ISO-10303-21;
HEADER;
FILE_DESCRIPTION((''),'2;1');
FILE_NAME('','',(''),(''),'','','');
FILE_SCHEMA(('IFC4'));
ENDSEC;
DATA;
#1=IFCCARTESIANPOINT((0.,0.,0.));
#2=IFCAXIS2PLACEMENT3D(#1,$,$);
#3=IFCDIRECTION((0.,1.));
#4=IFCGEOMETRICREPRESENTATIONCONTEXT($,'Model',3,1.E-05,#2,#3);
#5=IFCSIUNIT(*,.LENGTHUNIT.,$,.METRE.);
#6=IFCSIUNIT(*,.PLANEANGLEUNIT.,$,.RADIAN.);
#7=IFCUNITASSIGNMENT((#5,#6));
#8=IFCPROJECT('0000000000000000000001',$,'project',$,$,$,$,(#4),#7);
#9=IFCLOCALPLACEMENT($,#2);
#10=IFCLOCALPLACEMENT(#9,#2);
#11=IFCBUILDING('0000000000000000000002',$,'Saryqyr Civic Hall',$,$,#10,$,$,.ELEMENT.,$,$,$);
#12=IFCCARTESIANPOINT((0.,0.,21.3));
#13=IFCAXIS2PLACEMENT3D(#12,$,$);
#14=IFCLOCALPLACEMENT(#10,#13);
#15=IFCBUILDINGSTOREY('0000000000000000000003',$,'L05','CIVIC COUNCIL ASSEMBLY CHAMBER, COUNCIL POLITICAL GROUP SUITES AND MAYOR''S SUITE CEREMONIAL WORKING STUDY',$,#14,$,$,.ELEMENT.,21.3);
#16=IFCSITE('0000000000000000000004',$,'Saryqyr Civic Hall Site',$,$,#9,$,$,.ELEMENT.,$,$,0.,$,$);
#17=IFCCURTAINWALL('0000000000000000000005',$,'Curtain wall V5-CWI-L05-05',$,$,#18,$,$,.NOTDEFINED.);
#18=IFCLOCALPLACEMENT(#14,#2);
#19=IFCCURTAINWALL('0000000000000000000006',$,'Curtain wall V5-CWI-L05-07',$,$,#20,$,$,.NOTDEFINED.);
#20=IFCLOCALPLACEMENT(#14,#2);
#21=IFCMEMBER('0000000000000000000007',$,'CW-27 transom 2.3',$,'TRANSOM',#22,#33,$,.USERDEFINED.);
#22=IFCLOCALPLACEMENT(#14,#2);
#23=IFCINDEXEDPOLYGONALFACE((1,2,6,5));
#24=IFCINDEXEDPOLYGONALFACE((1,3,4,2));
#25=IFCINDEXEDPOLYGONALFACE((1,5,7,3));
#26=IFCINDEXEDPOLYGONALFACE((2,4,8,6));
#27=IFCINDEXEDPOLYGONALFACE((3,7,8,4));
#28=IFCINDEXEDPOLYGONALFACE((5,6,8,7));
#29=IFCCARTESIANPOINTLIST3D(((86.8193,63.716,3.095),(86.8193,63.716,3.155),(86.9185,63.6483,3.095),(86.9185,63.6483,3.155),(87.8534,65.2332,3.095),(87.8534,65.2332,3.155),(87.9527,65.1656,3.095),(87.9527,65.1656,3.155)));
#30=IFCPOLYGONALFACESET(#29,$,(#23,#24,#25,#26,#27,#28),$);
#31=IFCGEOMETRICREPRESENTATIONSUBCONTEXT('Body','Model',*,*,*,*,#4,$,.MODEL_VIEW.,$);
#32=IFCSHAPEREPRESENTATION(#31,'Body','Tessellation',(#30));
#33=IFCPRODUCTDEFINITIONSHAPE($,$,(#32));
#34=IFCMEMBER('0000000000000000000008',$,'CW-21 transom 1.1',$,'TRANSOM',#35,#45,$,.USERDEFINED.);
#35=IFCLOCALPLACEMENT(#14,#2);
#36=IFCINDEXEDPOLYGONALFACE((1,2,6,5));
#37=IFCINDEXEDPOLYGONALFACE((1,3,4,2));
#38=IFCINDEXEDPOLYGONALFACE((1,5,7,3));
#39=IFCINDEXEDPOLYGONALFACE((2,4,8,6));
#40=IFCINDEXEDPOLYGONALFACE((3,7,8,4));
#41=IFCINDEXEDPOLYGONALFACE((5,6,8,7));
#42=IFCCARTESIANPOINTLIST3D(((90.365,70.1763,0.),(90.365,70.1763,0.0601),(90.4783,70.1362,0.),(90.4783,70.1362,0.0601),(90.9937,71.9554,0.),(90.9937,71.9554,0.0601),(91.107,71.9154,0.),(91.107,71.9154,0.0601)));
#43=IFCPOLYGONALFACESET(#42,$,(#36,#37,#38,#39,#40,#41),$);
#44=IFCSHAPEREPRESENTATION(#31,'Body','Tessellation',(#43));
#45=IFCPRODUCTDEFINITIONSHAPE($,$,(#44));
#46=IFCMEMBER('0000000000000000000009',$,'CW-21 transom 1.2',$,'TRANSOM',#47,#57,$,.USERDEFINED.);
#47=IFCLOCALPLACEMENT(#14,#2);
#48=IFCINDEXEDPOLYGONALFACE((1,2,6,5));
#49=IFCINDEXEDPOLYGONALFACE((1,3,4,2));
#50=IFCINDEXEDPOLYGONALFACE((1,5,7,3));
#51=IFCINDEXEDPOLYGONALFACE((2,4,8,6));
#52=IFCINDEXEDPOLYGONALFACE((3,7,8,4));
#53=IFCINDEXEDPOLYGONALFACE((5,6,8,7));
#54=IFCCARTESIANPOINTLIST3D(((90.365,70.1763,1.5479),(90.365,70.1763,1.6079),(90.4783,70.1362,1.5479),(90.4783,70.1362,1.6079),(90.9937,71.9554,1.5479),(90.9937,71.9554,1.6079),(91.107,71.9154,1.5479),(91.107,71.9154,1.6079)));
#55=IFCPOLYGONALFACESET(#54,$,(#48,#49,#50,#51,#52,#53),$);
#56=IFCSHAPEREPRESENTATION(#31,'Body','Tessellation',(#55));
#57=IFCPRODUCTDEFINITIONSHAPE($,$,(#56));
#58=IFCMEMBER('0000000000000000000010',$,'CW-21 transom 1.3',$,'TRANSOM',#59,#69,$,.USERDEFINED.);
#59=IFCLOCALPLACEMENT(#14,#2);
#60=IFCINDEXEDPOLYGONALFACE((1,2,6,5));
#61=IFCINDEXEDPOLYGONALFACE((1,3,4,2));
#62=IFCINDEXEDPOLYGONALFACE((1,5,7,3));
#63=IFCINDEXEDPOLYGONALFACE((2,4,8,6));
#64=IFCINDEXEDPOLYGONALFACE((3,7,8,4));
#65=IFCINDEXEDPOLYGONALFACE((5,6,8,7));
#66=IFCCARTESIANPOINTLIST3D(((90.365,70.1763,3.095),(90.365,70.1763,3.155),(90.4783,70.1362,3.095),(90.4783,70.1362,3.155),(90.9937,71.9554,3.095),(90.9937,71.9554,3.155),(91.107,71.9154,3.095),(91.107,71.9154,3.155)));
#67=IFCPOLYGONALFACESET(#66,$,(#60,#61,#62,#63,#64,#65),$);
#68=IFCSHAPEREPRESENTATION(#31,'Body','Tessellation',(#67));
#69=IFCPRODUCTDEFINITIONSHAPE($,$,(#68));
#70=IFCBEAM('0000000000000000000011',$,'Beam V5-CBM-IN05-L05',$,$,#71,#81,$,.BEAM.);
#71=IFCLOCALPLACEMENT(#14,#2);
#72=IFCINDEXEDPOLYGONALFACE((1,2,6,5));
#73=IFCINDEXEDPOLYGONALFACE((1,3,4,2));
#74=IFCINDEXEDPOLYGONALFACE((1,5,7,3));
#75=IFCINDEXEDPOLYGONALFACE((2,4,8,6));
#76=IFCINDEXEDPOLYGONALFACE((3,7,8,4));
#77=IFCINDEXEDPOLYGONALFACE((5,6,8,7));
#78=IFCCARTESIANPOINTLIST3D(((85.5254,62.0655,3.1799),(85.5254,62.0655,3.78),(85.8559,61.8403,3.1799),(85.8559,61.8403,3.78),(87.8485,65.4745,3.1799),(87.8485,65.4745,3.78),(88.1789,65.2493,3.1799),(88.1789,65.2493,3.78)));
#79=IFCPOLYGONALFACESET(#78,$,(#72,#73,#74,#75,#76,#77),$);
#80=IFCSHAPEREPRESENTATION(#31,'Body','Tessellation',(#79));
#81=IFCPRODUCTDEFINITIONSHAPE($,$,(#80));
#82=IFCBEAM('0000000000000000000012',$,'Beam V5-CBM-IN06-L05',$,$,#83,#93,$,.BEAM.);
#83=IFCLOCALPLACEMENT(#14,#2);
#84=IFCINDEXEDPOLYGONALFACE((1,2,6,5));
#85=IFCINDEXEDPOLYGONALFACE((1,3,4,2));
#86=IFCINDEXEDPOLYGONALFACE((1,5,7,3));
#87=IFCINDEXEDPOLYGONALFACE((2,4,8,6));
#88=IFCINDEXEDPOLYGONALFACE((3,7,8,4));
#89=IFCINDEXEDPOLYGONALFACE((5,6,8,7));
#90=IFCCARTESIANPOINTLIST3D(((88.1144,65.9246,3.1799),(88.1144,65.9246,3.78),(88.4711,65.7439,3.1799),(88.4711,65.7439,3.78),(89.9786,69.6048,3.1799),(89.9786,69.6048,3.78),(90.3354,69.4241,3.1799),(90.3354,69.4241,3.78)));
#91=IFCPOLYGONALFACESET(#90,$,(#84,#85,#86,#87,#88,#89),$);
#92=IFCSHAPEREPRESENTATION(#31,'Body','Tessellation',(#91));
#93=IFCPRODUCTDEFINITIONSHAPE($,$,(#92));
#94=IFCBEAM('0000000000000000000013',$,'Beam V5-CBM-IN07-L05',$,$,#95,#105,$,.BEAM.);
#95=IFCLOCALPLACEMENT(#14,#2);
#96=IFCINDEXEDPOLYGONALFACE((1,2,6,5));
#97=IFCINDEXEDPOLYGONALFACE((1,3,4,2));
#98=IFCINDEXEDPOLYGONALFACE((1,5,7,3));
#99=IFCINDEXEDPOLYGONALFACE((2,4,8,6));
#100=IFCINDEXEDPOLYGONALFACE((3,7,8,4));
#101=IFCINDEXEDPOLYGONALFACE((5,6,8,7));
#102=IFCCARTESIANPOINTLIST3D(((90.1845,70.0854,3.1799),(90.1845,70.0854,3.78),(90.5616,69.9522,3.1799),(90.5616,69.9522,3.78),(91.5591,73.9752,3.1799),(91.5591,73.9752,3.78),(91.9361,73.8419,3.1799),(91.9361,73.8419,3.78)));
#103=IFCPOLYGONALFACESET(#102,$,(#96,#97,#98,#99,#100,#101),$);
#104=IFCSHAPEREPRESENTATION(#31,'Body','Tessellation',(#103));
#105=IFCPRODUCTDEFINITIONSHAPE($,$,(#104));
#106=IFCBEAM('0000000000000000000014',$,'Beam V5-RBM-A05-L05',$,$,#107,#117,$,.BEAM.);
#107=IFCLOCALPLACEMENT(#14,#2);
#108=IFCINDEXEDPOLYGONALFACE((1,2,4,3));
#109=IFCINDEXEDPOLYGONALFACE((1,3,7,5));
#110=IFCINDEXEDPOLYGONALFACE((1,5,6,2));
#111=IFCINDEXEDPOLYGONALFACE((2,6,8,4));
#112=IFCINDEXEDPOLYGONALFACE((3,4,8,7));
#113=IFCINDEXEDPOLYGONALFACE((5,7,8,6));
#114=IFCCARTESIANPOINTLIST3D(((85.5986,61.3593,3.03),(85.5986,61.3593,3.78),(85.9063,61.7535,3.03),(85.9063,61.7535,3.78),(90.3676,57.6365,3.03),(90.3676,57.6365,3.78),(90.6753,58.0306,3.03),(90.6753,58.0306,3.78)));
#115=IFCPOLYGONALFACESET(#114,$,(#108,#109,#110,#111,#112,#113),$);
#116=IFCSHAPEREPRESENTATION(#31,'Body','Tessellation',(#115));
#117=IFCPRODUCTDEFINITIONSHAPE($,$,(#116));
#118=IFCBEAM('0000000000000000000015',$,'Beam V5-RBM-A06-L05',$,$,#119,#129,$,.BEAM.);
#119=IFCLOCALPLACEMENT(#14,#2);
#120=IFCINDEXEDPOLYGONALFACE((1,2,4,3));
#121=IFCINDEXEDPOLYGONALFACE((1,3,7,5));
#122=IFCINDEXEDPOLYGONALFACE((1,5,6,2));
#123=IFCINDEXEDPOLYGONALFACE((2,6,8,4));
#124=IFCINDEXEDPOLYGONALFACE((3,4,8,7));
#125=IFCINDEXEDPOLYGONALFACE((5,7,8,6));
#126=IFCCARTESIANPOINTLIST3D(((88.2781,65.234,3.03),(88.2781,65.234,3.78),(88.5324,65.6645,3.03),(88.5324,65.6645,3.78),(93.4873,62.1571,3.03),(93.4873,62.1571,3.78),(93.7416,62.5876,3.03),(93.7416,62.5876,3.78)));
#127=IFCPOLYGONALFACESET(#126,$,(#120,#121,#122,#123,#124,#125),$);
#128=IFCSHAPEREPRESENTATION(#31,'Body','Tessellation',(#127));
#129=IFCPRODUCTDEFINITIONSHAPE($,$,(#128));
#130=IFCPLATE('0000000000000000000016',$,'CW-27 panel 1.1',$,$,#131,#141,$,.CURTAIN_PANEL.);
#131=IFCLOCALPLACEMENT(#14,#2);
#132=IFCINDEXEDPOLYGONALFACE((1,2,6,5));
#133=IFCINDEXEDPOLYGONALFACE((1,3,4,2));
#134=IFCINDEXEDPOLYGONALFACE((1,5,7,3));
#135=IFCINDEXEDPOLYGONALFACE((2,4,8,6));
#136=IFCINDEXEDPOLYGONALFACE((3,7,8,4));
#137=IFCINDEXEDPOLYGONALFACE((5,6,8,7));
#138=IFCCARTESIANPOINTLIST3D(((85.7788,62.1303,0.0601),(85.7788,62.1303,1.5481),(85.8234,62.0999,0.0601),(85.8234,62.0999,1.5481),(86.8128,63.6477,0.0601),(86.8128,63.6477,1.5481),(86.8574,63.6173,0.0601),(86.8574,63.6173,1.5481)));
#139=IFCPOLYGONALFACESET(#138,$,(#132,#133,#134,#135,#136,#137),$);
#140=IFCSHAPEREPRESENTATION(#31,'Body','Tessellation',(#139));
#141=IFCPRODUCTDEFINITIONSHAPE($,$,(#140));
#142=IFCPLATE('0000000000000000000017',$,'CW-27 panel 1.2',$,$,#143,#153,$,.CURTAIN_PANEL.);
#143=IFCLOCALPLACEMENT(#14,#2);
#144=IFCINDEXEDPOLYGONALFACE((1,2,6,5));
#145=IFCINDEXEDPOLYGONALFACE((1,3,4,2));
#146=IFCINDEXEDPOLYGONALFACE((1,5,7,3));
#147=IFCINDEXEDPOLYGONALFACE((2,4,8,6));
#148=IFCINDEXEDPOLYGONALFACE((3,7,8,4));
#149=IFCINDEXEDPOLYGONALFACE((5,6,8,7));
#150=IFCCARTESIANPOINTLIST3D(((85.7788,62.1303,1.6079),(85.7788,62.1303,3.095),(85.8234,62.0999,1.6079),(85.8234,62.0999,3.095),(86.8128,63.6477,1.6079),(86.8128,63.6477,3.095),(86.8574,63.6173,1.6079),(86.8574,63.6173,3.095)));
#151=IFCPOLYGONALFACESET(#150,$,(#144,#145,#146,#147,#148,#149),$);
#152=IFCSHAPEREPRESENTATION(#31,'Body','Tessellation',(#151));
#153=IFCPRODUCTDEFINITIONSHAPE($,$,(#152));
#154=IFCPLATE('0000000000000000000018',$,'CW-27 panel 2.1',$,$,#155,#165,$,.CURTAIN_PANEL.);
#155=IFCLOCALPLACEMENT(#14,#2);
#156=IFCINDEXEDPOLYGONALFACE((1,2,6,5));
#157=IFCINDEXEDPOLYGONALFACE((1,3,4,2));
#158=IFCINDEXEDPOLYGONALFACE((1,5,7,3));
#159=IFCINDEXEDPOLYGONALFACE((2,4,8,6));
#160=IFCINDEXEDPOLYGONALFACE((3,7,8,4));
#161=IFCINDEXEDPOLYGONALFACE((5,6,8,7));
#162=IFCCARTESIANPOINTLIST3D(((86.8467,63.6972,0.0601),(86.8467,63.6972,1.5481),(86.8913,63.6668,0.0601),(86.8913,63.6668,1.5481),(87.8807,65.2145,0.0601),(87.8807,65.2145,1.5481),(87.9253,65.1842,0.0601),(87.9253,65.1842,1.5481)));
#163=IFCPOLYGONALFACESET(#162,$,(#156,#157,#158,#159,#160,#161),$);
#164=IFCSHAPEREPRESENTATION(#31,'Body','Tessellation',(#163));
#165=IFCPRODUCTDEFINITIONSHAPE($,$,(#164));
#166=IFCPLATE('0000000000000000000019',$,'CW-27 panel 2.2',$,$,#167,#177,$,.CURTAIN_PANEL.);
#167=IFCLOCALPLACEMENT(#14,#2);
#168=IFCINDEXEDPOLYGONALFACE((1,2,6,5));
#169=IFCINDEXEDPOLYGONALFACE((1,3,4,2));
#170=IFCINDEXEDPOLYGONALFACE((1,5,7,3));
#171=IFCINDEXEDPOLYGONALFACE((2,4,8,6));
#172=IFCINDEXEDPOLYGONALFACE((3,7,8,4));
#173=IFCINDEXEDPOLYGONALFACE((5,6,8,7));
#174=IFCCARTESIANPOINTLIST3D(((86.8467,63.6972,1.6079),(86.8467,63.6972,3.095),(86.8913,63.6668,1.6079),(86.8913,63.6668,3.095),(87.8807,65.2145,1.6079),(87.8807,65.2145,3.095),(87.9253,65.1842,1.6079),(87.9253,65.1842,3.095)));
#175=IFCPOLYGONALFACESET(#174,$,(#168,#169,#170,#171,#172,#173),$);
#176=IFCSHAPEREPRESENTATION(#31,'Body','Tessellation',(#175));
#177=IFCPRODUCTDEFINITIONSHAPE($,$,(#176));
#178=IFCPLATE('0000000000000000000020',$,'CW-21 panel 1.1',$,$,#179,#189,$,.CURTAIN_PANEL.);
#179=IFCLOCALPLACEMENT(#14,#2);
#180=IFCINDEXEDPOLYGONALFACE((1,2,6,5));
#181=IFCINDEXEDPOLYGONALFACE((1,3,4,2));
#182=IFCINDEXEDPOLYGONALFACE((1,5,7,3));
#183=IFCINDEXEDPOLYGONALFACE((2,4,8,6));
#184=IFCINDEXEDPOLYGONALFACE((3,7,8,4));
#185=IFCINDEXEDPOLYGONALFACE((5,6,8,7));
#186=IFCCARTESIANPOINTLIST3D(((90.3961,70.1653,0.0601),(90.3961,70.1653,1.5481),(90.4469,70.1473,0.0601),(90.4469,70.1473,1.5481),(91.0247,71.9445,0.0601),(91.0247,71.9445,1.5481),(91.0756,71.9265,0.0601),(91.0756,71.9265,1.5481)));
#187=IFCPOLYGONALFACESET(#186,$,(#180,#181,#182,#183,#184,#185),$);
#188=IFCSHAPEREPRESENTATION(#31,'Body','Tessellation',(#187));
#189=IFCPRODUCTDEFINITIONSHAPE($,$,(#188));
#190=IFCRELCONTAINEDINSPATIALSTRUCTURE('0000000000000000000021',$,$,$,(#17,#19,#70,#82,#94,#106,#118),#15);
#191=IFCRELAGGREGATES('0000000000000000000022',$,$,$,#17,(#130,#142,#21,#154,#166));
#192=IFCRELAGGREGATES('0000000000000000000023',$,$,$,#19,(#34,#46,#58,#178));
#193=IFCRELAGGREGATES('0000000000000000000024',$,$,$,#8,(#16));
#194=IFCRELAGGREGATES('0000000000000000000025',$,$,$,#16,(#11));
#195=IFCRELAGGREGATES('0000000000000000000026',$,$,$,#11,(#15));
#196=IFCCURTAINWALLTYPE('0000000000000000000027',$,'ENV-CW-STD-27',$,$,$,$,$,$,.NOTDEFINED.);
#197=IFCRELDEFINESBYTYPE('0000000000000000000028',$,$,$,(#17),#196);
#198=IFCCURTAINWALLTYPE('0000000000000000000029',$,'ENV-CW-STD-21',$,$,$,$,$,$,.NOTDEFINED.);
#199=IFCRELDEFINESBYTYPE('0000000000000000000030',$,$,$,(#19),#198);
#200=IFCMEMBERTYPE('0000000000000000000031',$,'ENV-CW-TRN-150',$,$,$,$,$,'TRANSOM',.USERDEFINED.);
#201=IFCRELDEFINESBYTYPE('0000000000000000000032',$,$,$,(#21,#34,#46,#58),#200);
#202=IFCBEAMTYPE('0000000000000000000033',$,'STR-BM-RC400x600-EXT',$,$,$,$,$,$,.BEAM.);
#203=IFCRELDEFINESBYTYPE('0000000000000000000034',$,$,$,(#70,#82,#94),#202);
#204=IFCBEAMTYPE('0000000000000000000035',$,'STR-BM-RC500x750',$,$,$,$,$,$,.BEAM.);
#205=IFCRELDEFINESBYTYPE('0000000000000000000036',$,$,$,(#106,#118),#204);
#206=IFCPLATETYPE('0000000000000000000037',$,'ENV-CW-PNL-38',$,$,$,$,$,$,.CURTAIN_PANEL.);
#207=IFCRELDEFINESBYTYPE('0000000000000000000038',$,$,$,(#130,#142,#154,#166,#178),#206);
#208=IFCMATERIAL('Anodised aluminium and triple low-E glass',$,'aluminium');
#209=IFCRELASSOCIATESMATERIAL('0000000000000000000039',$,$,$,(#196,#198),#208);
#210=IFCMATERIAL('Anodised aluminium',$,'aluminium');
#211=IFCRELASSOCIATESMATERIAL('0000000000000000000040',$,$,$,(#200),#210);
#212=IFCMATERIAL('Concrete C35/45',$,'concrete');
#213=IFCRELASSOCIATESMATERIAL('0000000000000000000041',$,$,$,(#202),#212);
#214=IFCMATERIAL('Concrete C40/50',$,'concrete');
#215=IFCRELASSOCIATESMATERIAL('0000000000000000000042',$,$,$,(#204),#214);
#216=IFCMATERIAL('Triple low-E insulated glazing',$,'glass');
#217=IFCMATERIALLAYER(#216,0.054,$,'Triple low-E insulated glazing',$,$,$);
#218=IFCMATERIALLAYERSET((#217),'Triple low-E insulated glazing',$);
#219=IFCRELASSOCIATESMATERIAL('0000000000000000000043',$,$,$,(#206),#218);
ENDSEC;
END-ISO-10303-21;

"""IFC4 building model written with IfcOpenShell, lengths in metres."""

from ifc_helpers import new_model, si_unit, direction, frame, origin, origin_2d, place, context, subcontext, project, spatial, rectangle, extrude, material, layer, layer_set, material_profile, profile_set, type_object, element, aggregate, save


model = new_model("IFC4")

# Units and contexts
model_context = context("Model", 3, precision=1e-05, world=origin(), true_north=direction((0.0, 1.0)))
body_context = subcontext(model_context, "Body", "Model", "MODEL_VIEW")
ifc_project = project(units=[si_unit("LENGTHUNIT", "METRE"), si_unit("PLANEANGLEUNIT", "RADIAN")], contexts=[model_context])

# Site, building, storey
site_placement = place(None, origin())
site = spatial("IfcSite", under=ifc_project, at=site_placement, Name="Saryqyr Civic Hall Site", CompositionType="ELEMENT", RefElevation=0.0)
building_placement = place(site_placement, origin())
building = spatial("IfcBuilding", under=site, at=building_placement, Name="Saryqyr Civic Hall", CompositionType="ELEMENT")
storey_placement = place(building_placement, frame((0.0, 0.0, 21.3)))
storey = spatial("IfcBuildingStorey", under=building, at=storey_placement, Name="L05", Description="CIVIC COUNCIL ASSEMBLY CHAMBER, COUNCIL POLITICAL GROUP SUITES AND MAYOR'S SUITE CEREMONIAL WORKING STUDY", CompositionType="ELEMENT", Elevation=21.3)

# Shared definitions
ifc_material_1 = material(Name="Concrete C40/50", Category="concrete")

# Curtain wall
ifc_material_2 = material(Name="Anodised aluminium and triple low-E glass", Category="aluminium")
curtain_wall_type_1 = type_object("IfcCurtainWallType", Name="ENV-CW-STD-27", PredefinedType="NOTDEFINED", material=ifc_material_2)
curtain_wall_1_placement = place(storey_placement, origin())
curtain_wall_1 = element("IfcCurtainWall", 1, at=curtain_wall_1_placement, inside=storey, type_object=curtain_wall_type_1, Name="Curtain wall V5-CWI-L05-05", PredefinedType="NOTDEFINED")
ifc_material_3 = material(Name="Anodised aluminium", Category="aluminium")

# Curtain wall
curtain_wall_type_2 = type_object("IfcCurtainWallType", Name="ENV-CW-STD-21", PredefinedType="NOTDEFINED", material=ifc_material_2)
curtain_wall_2_placement = place(storey_placement, origin())
curtain_wall_2 = element("IfcCurtainWall", 2, at=curtain_wall_2_placement, inside=storey, type_object=curtain_wall_type_2, Name="Curtain wall V5-CWI-L05-07", PredefinedType="NOTDEFINED")

# Members
ifc_material_profile_1 = material_profile(ifc_material_3, rectangle(XDim=0.1201, YDim=0.0601, at=origin_2d()), Name="ALU TRANSOM 120x60")
ifc_profile_set_1 = profile_set([ifc_material_profile_1], Name="Anodised aluminium")
member_type_1 = type_object("IfcMemberType", Name="ENV-CW-TRN-150", ElementType="TRANSOM", PredefinedType="USERDEFINED", material=ifc_profile_set_1)
member_1_placement = place(storey_placement, frame((86.8689, 63.6821, 3.125), z_axis=(0.563201, 0.82632, 0.0), x_axis=(-0.82632, 0.563201, 0.0)))
member_1 = element("IfcMember", 3, at=member_1_placement, type_object=member_type_1, Name="CW-27 transom 2.3", ObjectType="TRANSOM", PredefinedType="USERDEFINED", context=body_context, shape_type="SweptSolid", body=[
    extrude(rectangle(XDim=0.1201, YDim=0.0601, at=origin_2d()), origin(), (0.0, 0.0, 1.0), 1.8362),
])
member_2_placement = place(storey_placement, frame((90.4216, 70.1562, 0.03), z_axis=(0.333179, 0.942864, 0.0), x_axis=(-0.942864, 0.333179, 0.0)))
member_2 = element("IfcMember", 4, at=member_2_placement, type_object=member_type_1, Name="CW-21 transom 1.1", ObjectType="TRANSOM", PredefinedType="USERDEFINED", context=body_context, shape_type="SweptSolid", body=[
    extrude(rectangle(XDim=0.1201, YDim=0.0601, at=origin_2d()), origin(), (0.0, 0.0, 1.0), 1.887),
])
member_3_placement = place(storey_placement, frame((90.4216, 70.1562, 1.5779), z_axis=(0.333179, 0.942864, 0.0), x_axis=(-0.942864, 0.333179, 0.0)))
member_3 = element("IfcMember", 5, at=member_3_placement, type_object=member_type_1, Name="CW-21 transom 1.2", ObjectType="TRANSOM", PredefinedType="USERDEFINED", context=body_context, shape_type="SweptSolid", body=[
    extrude(rectangle(XDim=0.1201, YDim=0.0601, at=origin_2d()), origin(), (0.0, 0.0, 1.0), 1.887),
])
member_4_placement = place(storey_placement, frame((90.4216, 70.1562, 3.125), z_axis=(0.333179, 0.942864, 0.0), x_axis=(-0.942864, 0.333179, 0.0)))
member_4 = element("IfcMember", 6, at=member_4_placement, type_object=member_type_1, Name="CW-21 transom 1.3", ObjectType="TRANSOM", PredefinedType="USERDEFINED", context=body_context, shape_type="SweptSolid", body=[
    extrude(rectangle(XDim=0.1201, YDim=0.0601, at=origin_2d()), origin(), (0.0, 0.0, 1.0), 1.887),
])

# Beams
ifc_material_4 = material(Name="Concrete C35/45", Category="concrete")
ifc_material_profile_2 = material_profile(ifc_material_4, rectangle(XDim=0.3999, YDim=0.6001, at=origin_2d()), Name="RC 400x600")
ifc_profile_set_2 = profile_set([ifc_material_profile_2], Name="Concrete C35/45")
beam_type_1 = type_object("IfcBeamType", Name="STR-BM-RC400x600-EXT", PredefinedType="BEAM", material=ifc_profile_set_2)
beam_placement = place(storey_placement, frame((85.6907, 61.9529, 3.48), z_axis=(0.563126, 0.826371, 0.0), x_axis=(-0.826371, 0.563126, 0.0)))
element("IfcBeam", 7, at=beam_placement, inside=storey, type_object=beam_type_1, Name="Beam V5-CBM-IN05-L05", PredefinedType="BEAM", context=body_context, shape_type="SweptSolid", body=[
    extrude(rectangle(XDim=0.3999, YDim=0.6001, at=origin_2d()), origin(), (0.0, 0.0, 1.0), 4.1252),
])
for number, where, z_axis, x_axis, name in (
    (8, (88.2927, 65.8342, 3.48), (0.451894, 0.892071, 0.0), (-0.892071, 0.451894, 0.0), "Beam V5-CBM-IN06-L05"),
    (9, (90.373, 70.0188, 3.48), (0.333185, 0.942861, 0.0), (-0.942861, 0.333185, 0.0), "Beam V5-CBM-IN07-L05"),
):
    element("IfcBeam", number, at=place(storey_placement, frame(where, z_axis=z_axis, x_axis=x_axis)), inside=storey, type_object=beam_type_1, Name=name, PredefinedType="BEAM", context=body_context, shape_type="SweptSolid", body=[
        extrude(rectangle(XDim=0.3999, YDim=0.6001, at=origin_2d()), origin(), (0.0, 0.0, 1.0), 4.1255),
    ])
ifc_material_profile_3 = material_profile(ifc_material_1, rectangle(XDim=0.5, YDim=0.75, at=origin_2d()), Name="RC 500x750")
ifc_profile_set_3 = profile_set([ifc_material_profile_3], Name="Concrete C40/50")
beam_type_2 = type_object("IfcBeamType", Name="STR-BM-RC500x750", PredefinedType="BEAM", material=ifc_profile_set_3)
for number, where, z_axis, x_axis, name in (
    (10, (85.7524, 61.5564, 3.405), (0.788258, -0.615345, 0.0), (0.615345, 0.788258, 0.0), "Beam V5-RBM-A05-L05"),
    (11, (88.4053, 65.4492, 3.405), (0.861019, -0.508573, 0.0), (0.508573, 0.861019, 0.0), "Beam V5-RBM-A06-L05"),
):
    element("IfcBeam", number, at=place(storey_placement, frame(where, z_axis=z_axis, x_axis=x_axis)), inside=storey, type_object=beam_type_2, Name=name, PredefinedType="BEAM", context=body_context, shape_type="SweptSolid", body=[
        extrude(rectangle(XDim=0.5, YDim=0.75, at=origin_2d()), origin(), (0.0, 0.0, 1.0), 6.05),
    ])

# Plates
ifc_material_5 = material(Name="Triple low-E insulated glazing", Category="glass")
ifc_layer_1 = layer(ifc_material_5, 0.054, Name="Triple low-E insulated glazing")
ifc_layer_set_1 = layer_set([ifc_layer_1], Name="Triple low-E insulated glazing")
plate_type = type_object("IfcPlateType", Name="ENV-CW-PNL-38", PredefinedType="CURTAIN_PANEL", material=ifc_layer_set_1)
plate_1_placement = place(storey_placement, frame((86.3181, 62.8738, 0.0601), z_axis=(0.0, 0.0, 1.0), x_axis=(0.56313, 0.826368, 0.0)))
plate_1 = element("IfcPlate", 12, at=plate_1_placement, type_object=plate_type, Name="CW-27 panel 1.1", PredefinedType="CURTAIN_PANEL", context=body_context, shape_type="SweptSolid", body=[
    extrude(rectangle(XDim=1.8362, YDim=0.054, at=origin_2d()), origin(), (0.0, 0.0, 1.0), 1.488),
])
plate_2_placement = place(storey_placement, frame((86.3181, 62.8738, 1.6079), z_axis=(0.0, 0.0, 1.0), x_axis=(0.56313, 0.826368, 0.0)))
plate_2 = element("IfcPlate", 13, at=plate_2_placement, type_object=plate_type, Name="CW-27 panel 1.2", PredefinedType="CURTAIN_PANEL", context=body_context, shape_type="SweptSolid", body=[
    extrude(rectangle(XDim=1.8362, YDim=0.054, at=origin_2d()), origin(), (0.0, 0.0, 1.0), 1.4871),
])
plate_3_placement = place(storey_placement, frame((87.386, 64.4407, 0.0601), z_axis=(0.0, 0.0, 1.0), x_axis=(0.56313, 0.826368, 0.0)))
plate_3 = element("IfcPlate", 14, at=plate_3_placement, type_object=plate_type, Name="CW-27 panel 2.1", PredefinedType="CURTAIN_PANEL", context=body_context, shape_type="SweptSolid", body=[
    extrude(rectangle(XDim=1.8362, YDim=0.054, at=origin_2d()), origin(), (0.0, 0.0, 1.0), 1.488),
])
plate_4_placement = place(storey_placement, frame((87.386, 64.4407, 1.6079), z_axis=(0.0, 0.0, 1.0), x_axis=(0.56313, 0.826368, 0.0)))
plate_4 = element("IfcPlate", 15, at=plate_4_placement, type_object=plate_type, Name="CW-27 panel 2.2", PredefinedType="CURTAIN_PANEL", context=body_context, shape_type="SweptSolid", body=[
    extrude(rectangle(XDim=1.8362, YDim=0.054, at=origin_2d()), origin(), (0.0, 0.0, 1.0), 1.4871),
])
aggregate(curtain_wall_1, [plate_1, plate_2, member_1, plate_3, plate_4])
plate_5_placement = place(storey_placement, frame((90.7358, 71.0459, 0.0601), z_axis=(0.0, 0.0, 1.0), x_axis=(0.333172, 0.942866, 0.0)))
plate_5 = element("IfcPlate", 16, at=plate_5_placement, type_object=plate_type, Name="CW-21 panel 1.1", PredefinedType="CURTAIN_PANEL", context=body_context, shape_type="SweptSolid", body=[
    extrude(rectangle(XDim=1.887, YDim=0.054, at=origin_2d()), origin(), (0.0, 0.0, 1.0), 1.488),
])
aggregate(curtain_wall_2, [member_2, member_3, member_4, plate_5])

save(model, "model.ifc")
